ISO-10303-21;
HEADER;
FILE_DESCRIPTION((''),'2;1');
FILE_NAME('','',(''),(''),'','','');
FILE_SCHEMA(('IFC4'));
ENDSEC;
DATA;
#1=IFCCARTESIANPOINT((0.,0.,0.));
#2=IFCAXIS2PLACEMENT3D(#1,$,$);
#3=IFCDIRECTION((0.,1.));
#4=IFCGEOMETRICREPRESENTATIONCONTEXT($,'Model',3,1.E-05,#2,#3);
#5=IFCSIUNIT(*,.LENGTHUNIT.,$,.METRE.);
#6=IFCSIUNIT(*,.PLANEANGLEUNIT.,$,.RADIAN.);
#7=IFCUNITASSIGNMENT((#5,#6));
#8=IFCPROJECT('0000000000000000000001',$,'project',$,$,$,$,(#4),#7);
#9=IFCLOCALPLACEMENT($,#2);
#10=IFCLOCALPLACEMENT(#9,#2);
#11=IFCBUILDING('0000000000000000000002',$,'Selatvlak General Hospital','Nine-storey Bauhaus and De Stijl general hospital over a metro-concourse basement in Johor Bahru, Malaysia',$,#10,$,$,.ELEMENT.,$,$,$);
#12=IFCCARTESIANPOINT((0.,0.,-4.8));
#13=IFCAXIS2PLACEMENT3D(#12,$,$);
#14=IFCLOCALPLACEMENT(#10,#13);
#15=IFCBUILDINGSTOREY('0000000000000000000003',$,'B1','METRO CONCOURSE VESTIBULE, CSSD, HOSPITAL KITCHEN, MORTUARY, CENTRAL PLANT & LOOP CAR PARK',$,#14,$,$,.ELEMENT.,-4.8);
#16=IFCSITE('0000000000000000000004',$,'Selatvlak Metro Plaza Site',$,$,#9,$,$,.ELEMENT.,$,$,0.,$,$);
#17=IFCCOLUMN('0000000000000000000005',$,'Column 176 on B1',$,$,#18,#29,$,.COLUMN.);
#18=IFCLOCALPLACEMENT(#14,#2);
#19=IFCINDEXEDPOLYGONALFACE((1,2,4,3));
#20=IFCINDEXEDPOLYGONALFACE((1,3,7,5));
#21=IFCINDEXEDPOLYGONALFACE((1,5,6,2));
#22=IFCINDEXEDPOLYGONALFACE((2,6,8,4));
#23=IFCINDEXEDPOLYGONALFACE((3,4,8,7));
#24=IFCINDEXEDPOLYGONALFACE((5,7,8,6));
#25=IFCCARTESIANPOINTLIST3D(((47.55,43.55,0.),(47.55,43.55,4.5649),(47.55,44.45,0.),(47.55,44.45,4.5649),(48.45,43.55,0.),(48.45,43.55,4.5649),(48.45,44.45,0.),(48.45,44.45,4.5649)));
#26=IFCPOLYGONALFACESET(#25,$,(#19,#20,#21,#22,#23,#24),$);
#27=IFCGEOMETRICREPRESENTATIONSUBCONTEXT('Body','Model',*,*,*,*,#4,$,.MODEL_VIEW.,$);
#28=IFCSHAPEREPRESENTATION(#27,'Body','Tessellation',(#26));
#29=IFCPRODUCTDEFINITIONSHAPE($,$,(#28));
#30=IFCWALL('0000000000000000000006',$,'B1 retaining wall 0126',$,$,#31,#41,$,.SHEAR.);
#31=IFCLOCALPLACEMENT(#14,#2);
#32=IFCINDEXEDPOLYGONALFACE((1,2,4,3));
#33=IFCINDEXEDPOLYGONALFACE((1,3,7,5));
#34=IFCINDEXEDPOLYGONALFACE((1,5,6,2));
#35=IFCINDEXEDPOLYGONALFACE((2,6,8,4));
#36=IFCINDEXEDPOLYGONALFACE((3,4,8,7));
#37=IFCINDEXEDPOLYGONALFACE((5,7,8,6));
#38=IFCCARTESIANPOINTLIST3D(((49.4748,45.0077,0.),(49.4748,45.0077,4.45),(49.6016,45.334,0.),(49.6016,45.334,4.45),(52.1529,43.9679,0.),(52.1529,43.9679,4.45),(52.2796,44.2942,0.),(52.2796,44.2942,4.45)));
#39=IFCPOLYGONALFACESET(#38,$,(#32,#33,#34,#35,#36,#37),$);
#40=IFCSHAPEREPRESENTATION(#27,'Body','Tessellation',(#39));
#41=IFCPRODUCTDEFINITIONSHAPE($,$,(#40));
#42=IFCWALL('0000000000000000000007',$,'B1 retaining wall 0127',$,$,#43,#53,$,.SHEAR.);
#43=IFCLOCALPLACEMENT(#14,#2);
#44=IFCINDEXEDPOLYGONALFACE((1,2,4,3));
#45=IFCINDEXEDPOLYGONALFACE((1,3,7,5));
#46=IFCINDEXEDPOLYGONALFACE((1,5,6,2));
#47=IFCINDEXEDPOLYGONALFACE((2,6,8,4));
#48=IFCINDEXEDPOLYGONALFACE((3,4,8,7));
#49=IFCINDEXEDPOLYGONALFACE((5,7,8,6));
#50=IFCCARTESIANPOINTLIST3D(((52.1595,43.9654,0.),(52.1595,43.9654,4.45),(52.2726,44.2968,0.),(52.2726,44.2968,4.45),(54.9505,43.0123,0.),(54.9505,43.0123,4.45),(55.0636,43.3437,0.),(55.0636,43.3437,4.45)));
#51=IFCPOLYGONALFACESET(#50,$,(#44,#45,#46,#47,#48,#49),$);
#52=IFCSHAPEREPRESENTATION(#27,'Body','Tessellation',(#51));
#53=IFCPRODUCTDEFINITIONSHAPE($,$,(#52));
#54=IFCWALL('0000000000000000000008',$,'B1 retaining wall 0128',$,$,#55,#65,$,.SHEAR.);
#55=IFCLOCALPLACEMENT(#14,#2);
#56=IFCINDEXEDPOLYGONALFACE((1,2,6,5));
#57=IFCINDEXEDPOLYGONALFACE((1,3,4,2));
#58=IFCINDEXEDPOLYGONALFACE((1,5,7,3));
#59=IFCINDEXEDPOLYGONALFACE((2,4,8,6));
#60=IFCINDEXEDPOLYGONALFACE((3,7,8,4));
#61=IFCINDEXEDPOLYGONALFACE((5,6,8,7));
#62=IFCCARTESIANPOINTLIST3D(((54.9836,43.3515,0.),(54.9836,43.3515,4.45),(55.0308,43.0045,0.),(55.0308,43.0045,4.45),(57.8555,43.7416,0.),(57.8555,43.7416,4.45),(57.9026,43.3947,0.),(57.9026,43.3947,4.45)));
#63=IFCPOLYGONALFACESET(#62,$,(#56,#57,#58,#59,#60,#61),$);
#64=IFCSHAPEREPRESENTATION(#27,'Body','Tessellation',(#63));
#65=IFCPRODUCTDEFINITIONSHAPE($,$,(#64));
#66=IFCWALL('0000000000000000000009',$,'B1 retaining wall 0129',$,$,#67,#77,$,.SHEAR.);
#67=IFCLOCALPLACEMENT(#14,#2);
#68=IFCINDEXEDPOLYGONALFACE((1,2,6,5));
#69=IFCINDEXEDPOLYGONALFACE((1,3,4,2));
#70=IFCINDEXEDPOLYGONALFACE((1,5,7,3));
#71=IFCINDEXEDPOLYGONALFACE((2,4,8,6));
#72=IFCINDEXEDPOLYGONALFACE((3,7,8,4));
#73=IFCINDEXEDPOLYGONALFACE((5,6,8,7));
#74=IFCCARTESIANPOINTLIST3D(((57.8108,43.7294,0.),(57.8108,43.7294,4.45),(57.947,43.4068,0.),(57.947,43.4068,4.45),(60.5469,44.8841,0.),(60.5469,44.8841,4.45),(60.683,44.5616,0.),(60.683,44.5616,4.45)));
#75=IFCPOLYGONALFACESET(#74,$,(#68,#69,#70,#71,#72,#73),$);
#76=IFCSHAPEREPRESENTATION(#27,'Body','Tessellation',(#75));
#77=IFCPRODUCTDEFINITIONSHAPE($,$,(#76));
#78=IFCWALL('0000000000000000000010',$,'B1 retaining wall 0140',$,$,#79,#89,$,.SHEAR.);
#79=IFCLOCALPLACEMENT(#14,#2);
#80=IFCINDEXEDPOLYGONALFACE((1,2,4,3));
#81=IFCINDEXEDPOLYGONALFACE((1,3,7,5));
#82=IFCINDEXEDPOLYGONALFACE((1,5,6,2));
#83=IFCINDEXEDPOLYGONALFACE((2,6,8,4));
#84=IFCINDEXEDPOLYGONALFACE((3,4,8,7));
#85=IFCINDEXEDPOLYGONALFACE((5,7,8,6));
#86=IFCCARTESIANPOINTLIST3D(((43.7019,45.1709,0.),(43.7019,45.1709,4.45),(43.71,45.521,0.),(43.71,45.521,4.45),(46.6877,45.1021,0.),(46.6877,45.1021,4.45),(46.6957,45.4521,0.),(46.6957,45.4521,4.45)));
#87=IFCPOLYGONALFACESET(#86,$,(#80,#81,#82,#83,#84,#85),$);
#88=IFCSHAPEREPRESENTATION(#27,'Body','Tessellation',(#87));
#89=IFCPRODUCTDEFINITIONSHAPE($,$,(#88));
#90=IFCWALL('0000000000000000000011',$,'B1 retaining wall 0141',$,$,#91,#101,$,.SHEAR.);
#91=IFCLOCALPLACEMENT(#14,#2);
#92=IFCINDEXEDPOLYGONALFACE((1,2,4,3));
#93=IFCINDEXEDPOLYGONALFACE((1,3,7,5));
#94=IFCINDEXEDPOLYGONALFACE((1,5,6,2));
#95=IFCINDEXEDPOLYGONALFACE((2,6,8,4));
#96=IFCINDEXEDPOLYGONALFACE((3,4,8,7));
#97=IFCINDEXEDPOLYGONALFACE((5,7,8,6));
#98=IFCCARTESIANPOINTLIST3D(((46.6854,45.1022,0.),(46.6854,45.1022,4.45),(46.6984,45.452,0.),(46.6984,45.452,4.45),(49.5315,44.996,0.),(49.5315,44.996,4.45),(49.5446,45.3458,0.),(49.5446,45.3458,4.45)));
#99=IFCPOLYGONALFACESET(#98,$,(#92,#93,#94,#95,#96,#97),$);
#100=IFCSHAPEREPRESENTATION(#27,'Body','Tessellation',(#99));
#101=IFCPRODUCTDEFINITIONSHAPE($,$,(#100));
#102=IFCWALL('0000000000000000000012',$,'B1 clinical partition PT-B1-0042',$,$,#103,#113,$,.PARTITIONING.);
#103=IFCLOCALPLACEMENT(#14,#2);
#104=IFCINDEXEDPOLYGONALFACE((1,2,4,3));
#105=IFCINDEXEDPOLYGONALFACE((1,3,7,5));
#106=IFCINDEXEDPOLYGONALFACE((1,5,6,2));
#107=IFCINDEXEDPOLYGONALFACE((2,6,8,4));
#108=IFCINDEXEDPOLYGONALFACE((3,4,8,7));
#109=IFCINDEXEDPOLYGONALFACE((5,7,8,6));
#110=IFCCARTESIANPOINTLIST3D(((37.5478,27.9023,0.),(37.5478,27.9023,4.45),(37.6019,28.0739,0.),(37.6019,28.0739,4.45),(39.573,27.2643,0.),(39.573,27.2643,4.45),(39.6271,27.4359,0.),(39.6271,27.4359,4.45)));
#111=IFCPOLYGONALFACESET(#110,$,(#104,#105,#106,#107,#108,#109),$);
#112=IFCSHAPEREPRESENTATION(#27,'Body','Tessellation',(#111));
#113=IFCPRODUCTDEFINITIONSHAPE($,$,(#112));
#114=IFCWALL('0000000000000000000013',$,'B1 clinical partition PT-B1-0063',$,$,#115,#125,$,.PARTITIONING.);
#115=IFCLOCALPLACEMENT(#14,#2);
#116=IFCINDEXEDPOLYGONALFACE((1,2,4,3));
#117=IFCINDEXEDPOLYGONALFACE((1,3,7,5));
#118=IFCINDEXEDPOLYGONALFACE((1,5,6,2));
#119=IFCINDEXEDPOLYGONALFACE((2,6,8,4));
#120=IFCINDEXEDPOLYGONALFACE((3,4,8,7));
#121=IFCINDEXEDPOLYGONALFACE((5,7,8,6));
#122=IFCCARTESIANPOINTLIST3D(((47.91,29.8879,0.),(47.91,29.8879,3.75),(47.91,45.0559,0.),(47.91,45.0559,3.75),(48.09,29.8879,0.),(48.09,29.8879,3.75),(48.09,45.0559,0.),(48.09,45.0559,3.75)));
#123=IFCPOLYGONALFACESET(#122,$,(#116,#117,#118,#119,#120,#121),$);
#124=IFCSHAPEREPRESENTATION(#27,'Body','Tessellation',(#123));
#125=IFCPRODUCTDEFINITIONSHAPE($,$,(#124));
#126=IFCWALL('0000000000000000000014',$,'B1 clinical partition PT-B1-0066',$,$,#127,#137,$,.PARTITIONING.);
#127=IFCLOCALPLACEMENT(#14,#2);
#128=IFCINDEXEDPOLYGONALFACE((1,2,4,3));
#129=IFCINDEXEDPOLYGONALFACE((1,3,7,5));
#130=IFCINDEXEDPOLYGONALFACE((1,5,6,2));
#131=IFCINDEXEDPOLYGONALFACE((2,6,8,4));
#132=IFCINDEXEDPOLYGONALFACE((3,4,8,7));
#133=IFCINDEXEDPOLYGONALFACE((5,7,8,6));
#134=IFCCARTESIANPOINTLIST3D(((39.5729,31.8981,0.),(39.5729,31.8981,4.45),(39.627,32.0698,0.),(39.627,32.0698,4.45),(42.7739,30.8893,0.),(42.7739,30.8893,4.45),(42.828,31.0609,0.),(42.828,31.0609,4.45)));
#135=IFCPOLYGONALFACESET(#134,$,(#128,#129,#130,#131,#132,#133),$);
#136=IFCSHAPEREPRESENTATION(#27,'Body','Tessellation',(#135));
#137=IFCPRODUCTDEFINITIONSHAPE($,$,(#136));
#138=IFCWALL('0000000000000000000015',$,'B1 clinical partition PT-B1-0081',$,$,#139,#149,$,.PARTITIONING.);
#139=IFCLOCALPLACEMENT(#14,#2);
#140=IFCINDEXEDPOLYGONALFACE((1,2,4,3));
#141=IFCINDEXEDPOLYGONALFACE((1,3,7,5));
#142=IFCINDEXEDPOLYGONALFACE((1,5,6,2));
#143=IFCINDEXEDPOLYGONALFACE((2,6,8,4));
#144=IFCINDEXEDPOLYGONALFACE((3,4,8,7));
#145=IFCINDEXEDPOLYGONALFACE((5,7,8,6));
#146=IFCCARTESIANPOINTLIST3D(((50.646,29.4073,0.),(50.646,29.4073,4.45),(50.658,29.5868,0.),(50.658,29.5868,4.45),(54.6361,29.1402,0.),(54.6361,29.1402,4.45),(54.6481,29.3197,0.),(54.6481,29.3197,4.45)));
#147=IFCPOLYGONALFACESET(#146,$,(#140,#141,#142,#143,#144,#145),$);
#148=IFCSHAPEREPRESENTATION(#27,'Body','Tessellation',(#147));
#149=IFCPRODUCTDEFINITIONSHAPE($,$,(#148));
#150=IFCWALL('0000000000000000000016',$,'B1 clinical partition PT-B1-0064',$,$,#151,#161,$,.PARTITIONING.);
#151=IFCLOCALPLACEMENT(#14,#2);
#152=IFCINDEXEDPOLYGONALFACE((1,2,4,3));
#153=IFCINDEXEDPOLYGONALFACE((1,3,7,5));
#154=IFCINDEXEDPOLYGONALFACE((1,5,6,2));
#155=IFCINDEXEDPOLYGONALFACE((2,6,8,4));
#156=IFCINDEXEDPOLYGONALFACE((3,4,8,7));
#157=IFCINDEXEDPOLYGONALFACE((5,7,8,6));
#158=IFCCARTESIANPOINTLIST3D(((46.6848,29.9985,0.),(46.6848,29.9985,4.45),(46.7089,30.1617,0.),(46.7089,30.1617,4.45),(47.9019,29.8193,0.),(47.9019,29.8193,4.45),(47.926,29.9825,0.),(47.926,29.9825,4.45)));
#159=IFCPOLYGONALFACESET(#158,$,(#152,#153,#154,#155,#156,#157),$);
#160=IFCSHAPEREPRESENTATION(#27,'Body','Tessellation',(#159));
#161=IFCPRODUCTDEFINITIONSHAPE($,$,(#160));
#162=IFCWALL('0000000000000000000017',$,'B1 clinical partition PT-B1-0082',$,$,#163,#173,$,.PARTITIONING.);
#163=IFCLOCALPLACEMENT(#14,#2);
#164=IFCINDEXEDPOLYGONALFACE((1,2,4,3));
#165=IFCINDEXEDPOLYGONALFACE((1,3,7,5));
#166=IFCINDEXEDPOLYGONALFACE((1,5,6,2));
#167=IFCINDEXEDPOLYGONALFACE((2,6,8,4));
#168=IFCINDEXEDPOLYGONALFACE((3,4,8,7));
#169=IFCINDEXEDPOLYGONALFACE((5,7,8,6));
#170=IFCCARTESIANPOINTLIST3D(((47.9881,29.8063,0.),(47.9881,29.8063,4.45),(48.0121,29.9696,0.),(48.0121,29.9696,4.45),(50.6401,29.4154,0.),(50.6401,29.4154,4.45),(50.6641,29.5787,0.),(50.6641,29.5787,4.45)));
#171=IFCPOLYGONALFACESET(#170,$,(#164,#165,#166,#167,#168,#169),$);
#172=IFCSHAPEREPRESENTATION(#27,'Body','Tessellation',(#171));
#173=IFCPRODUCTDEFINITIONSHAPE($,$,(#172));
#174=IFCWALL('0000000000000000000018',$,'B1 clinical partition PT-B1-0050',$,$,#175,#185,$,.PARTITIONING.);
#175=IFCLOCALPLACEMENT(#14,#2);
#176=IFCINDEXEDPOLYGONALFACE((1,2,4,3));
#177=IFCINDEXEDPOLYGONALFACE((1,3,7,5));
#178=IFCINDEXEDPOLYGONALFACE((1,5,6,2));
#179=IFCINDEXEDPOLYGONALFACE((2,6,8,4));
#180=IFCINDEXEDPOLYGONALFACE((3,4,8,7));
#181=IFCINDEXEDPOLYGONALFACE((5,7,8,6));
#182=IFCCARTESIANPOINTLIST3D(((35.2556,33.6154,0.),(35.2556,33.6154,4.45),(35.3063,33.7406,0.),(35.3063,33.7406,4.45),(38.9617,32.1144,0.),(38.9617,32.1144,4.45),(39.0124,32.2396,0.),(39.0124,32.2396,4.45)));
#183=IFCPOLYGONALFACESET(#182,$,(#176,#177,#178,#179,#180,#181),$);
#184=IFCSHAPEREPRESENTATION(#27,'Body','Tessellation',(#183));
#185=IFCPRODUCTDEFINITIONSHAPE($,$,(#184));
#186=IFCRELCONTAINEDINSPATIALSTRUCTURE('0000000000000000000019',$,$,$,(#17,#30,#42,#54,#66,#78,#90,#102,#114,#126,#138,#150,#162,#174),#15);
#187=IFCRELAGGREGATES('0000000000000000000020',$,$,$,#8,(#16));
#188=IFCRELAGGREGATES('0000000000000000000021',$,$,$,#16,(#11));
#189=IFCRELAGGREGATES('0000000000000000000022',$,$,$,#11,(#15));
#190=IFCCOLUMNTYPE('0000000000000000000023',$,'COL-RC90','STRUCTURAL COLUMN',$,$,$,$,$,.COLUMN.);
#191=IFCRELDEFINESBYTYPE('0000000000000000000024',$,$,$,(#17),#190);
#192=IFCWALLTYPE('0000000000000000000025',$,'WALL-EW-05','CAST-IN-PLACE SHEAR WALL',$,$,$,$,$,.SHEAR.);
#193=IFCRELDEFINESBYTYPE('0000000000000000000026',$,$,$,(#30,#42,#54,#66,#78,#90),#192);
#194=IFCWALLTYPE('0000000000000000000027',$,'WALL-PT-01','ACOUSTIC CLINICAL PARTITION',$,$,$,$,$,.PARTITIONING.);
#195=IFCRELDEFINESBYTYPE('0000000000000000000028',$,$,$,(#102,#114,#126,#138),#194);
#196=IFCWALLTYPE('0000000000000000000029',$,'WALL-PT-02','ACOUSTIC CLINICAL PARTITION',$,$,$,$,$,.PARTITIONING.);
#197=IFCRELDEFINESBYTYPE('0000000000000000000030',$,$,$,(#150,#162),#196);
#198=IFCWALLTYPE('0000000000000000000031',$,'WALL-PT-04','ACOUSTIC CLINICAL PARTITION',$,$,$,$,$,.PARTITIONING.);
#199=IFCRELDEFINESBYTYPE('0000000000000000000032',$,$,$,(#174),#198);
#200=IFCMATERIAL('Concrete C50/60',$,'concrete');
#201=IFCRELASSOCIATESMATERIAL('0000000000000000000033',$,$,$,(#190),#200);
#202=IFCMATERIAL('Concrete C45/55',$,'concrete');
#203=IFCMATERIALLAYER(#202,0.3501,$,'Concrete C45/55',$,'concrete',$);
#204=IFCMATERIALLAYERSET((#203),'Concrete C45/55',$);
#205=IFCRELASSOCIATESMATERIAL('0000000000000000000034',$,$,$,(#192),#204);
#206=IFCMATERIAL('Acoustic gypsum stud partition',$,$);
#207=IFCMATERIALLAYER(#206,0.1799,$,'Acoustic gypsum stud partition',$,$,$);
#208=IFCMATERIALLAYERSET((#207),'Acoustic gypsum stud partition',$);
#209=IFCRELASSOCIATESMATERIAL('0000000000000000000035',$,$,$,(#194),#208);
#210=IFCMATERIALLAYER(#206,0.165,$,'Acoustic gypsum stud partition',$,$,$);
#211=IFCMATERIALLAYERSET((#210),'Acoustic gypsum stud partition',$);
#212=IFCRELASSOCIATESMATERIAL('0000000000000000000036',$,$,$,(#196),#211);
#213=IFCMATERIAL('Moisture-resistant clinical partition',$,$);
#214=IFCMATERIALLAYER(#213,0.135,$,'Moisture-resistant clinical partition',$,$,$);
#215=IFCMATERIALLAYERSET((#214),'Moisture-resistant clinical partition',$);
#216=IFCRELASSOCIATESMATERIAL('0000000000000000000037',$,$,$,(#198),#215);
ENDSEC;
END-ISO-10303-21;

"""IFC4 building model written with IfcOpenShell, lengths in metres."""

from ifc_helpers import new_model, si_unit, direction, frame, frame_2d, origin, origin_2d, place, context, subcontext, project, spatial, rectangle, extrude, material, layer, layer_set, material_profile, profile_set, type_object, element, save


model = new_model("IFC4")

# Units and contexts
model_context = context("Model", 3, precision=1e-05, world=origin(), true_north=direction((0.0, 1.0)))
body_context = subcontext(model_context, "Body", "Model", "MODEL_VIEW")
ifc_project = project(units=[si_unit("LENGTHUNIT", "METRE"), si_unit("PLANEANGLEUNIT", "RADIAN")], contexts=[model_context])

# Site, building, storey
site_placement = place(None, origin())
site = spatial("IfcSite", under=ifc_project, at=site_placement, Name="Selatvlak Metro Plaza Site", CompositionType="ELEMENT", RefElevation=0.0)
building_placement = place(site_placement, origin())
building = spatial("IfcBuilding", under=site, at=building_placement, Name="Selatvlak General Hospital", Description="Nine-storey Bauhaus and De Stijl general hospital over a metro-concourse basement in Johor Bahru, Malaysia", CompositionType="ELEMENT")
storey_placement = place(building_placement, frame((0.0, 0.0, -4.8)))
storey = spatial("IfcBuildingStorey", under=building, at=storey_placement, Name="B1", Description="METRO CONCOURSE VESTIBULE, CSSD, HOSPITAL KITCHEN, MORTUARY, CENTRAL PLANT & LOOP CAR PARK", CompositionType="ELEMENT", Elevation=-4.8)

# Column
ifc_material_1 = material(Name="Concrete C50/60", Category="concrete")
ifc_material_profile_1 = material_profile(ifc_material_1, rectangle(XDim=0.8999, YDim=0.8999, at=origin_2d()), Name="RC-COL 900x900")
ifc_profile_set_1 = profile_set([ifc_material_profile_1], Name="Concrete C50/60")
column_type_1 = type_object("IfcColumnType", Name="COL-RC90", Description="STRUCTURAL COLUMN", PredefinedType="COLUMN", material=ifc_profile_set_1)
column_placement = place(storey_placement, frame((48.0, 44.0, 0.0), z_axis=(0.0, 0.0, 1.0), x_axis=(1.0, 0.0, 0.0)))
element("IfcColumn", 1, at=column_placement, inside=storey, type_object=column_type_1, Name="Column 176 on B1", PredefinedType="COLUMN", context=body_context, shape_type="SweptSolid", body=[
    extrude(rectangle(XDim=0.8999, YDim=0.8999, at=origin_2d()), origin(), (0.0, 0.0, 1.0), 4.5649),
])

# Walls
ifc_material_2 = material(Name="Concrete C45/55", Category="concrete")
ifc_layer_1 = layer(ifc_material_2, 0.3501, Name="Concrete C45/55", Category="concrete")
ifc_layer_set_1 = layer_set([ifc_layer_1], Name="Concrete C45/55")
wall_type_1 = type_object("IfcWallType", Name="WALL-EW-05", Description="CAST-IN-PLACE SHEAR WALL", PredefinedType="SHEAR", material=ifc_layer_set_1)
wall_1_placement = place(storey_placement, frame((49.5381, 45.1709, 0.0), z_axis=(0.0, 0.0, 1.0), x_axis=(0.932198, -0.36195, 0.0)))
element("IfcWall", 2, at=wall_1_placement, inside=storey, type_object=wall_type_1, Name="B1 retaining wall 0126", PredefinedType="SHEAR", context=body_context, shape_type="SweptSolid", body=[
    extrude(rectangle(XDim=2.8728, YDim=0.3501, at=frame_2d((1.4365, 0.0))), origin(), (0.0, 0.0, 1.0), 4.45),
])
wall_2_placement = place(storey_placement, frame((52.2161, 44.1311, 0.0), z_axis=(0.0, 0.0, 1.0), x_axis=(0.94634, -0.323173, 0.0)))
element("IfcWall", 3, at=wall_2_placement, inside=storey, type_object=wall_type_1, Name="B1 retaining wall 0127", PredefinedType="SHEAR", context=body_context, shape_type="SweptSolid", body=[
    extrude(rectangle(XDim=2.9492, YDim=0.3501, at=frame_2d((1.4746, 0.0))), origin(), (0.0, 0.0, 1.0), 4.45),
])
wall_3_placement = place(storey_placement, frame((55.0071, 43.178, 0.0), z_axis=(0.0, 0.0, 1.0), x_axis=(0.990898, 0.134613, 0.0)))
element("IfcWall", 4, at=wall_3_placement, inside=storey, type_object=wall_type_1, Name="B1 retaining wall 0128", PredefinedType="SHEAR", context=body_context, shape_type="SweptSolid", body=[
    extrude(rectangle(XDim=2.8982, YDim=0.3501, at=frame_2d((1.4492, 0.0))), origin(), (0.0, 0.0, 1.0), 4.45),
])
wall_4_placement = place(storey_placement, frame((57.8789, 43.5681, 0.0), z_axis=(0.0, 0.0, 1.0), x_axis=(0.921304, 0.388843, 0.0)))
element("IfcWall", 5, at=wall_4_placement, inside=storey, type_object=wall_type_1, Name="B1 retaining wall 0129", PredefinedType="SHEAR", context=body_context, shape_type="SweptSolid", body=[
    extrude(rectangle(XDim=2.9697, YDim=0.3501, at=frame_2d((1.4849, 0.0))), origin(), (0.0, 0.0, 1.0), 4.45),
])
wall_5_placement = place(storey_placement, frame((43.7061, 45.3459, 0.0), z_axis=(0.0, 0.0, 1.0), x_axis=(0.999734, -0.023052, 0.0)))
element("IfcWall", 6, at=wall_5_placement, inside=storey, type_object=wall_type_1, Name="B1 retaining wall 0140", PredefinedType="SHEAR", context=body_context, shape_type="SweptSolid", body=[
    extrude(rectangle(XDim=2.9866, YDim=0.3501, at=frame_2d((1.4932, 0.0))), origin(), (0.0, 0.0, 1.0), 4.45),
])
wall_6_placement = place(storey_placement, frame((46.6919, 45.2771, 0.0), z_axis=(0.0, 0.0, 1.0), x_axis=(0.999305, -0.037287, 0.0)))
element("IfcWall", 7, at=wall_6_placement, inside=storey, type_object=wall_type_1, Name="B1 retaining wall 0141", PredefinedType="SHEAR", context=body_context, shape_type="SweptSolid", body=[
    extrude(rectangle(XDim=2.8481, YDim=0.3501, at=frame_2d((1.4241, 0.0))), origin(), (0.0, 0.0, 1.0), 4.45),
])
ifc_material_3 = material(Name="Acoustic gypsum stud partition")
ifc_layer_2 = layer(ifc_material_3, 0.1799, Name="Acoustic gypsum stud partition")
ifc_layer_set_2 = layer_set([ifc_layer_2], Name="Acoustic gypsum stud partition")
wall_type_2 = type_object("IfcWallType", Name="WALL-PT-01", Description="ACOUSTIC CLINICAL PARTITION", PredefinedType="PARTITIONING", material=ifc_layer_set_2)
wall_7_placement = place(storey_placement, frame((37.575, 27.988, 0.0), z_axis=(0.0, 0.0, 1.0), x_axis=(0.953796, -0.300454, 0.0)))
element("IfcWall", 8, at=wall_7_placement, inside=storey, type_object=wall_type_2, Name="B1 clinical partition PT-B1-0042", PredefinedType="PARTITIONING", context=body_context, shape_type="SweptSolid", body=[
    extrude(rectangle(XDim=2.1233, YDim=0.1799, at=frame_2d((1.0615, 0.0))), origin(), (0.0, 0.0, 1.0), 4.45),
])
wall_8_placement = place(storey_placement, frame((48.0, 45.0559, 0.0), z_axis=(0.0, 0.0, 1.0), x_axis=(0.0, -1.0, 0.0)))
element("IfcWall", 9, at=wall_8_placement, inside=storey, type_object=wall_type_2, Name="B1 clinical partition PT-B1-0063", PredefinedType="PARTITIONING", context=body_context, shape_type="SweptSolid", body=[
    extrude(rectangle(XDim=15.168, YDim=0.1799, at=frame_2d((7.584, 0.0))), origin(), (0.0, 0.0, 1.0), 3.75),
])
wall_9_placement = place(storey_placement, frame((42.801, 30.9751, 0.0), z_axis=(0.0, 0.0, 1.0), x_axis=(-0.953756, 0.300581, 0.0)))
element("IfcWall", 10, at=wall_9_placement, inside=storey, type_object=wall_type_2, Name="B1 clinical partition PT-B1-0066", PredefinedType="PARTITIONING", context=body_context, shape_type="SweptSolid", body=[
    extrude(rectangle(XDim=3.3562, YDim=0.1799, at=frame_2d((1.6782, 0.0))), origin(), (0.0, 0.0, 1.0), 4.45),
])
wall_10_placement = place(storey_placement, frame((54.6421, 29.23, 0.0), z_axis=(0.0, 0.0, 1.0), x_axis=(-0.997767, 0.06679, 0.0)))
element("IfcWall", 11, at=wall_10_placement, inside=storey, type_object=wall_type_2, Name="B1 clinical partition PT-B1-0081", PredefinedType="PARTITIONING", context=body_context, shape_type="SweptSolid", body=[
    extrude(rectangle(XDim=3.999, YDim=0.1799, at=frame_2d((1.9995, 0.0))), origin(), (0.0, 0.0, 1.0), 4.45),
])
ifc_layer_3 = layer(ifc_material_3, 0.165, Name="Acoustic gypsum stud partition")
ifc_layer_set_3 = layer_set([ifc_layer_3], Name="Acoustic gypsum stud partition")
wall_type_3 = type_object("IfcWallType", Name="WALL-PT-02", Description="ACOUSTIC CLINICAL PARTITION", PredefinedType="PARTITIONING", material=ifc_layer_set_3)
wall_11_placement = place(storey_placement, frame((47.9141, 29.9009, 0.0), z_axis=(0.0, 0.0, 1.0), x_axis=(-0.989333, 0.145671, 0.0)))
element("IfcWall", 12, at=wall_11_placement, inside=storey, type_object=wall_type_3, Name="B1 clinical partition PT-B1-0064", PredefinedType="PARTITIONING", context=body_context, shape_type="SweptSolid", body=[
    extrude(rectangle(XDim=1.2302, YDim=0.165, at=frame_2d((0.6152, 0.0))), origin(), (0.0, 0.0, 1.0), 4.45),
])
wall_12_placement = place(storey_placement, frame((50.6521, 29.4971, 0.0), z_axis=(0.0, 0.0, 1.0), x_axis=(-0.989313, 0.145806, 0.0)))
element("IfcWall", 13, at=wall_12_placement, inside=storey, type_object=wall_type_3, Name="B1 clinical partition PT-B1-0082", PredefinedType="PARTITIONING", context=body_context, shape_type="SweptSolid", body=[
    extrude(rectangle(XDim=2.6807, YDim=0.165, at=frame_2d((1.3403, 0.0))), origin(), (0.0, 0.0, 1.0), 4.45),
])
ifc_material_4 = material(Name="Moisture-resistant clinical partition")
ifc_layer_4 = layer(ifc_material_4, 0.135, Name="Moisture-resistant clinical partition")
ifc_layer_set_4 = layer_set([ifc_layer_4], Name="Moisture-resistant clinical partition")
wall_type_4 = type_object("IfcWallType", Name="WALL-PT-04", Description="ACOUSTIC CLINICAL PARTITION", PredefinedType="PARTITIONING", material=ifc_layer_set_4)
wall_13_placement = place(storey_placement, frame((38.9871, 32.177, 0.0), z_axis=(0.0, 0.0, 1.0), x_axis=(-0.926868, 0.375388, 0.0)))
element("IfcWall", 14, at=wall_13_placement, inside=storey, type_object=wall_type_4, Name="B1 clinical partition PT-B1-0050", PredefinedType="PARTITIONING", context=body_context, shape_type="SweptSolid", body=[
    extrude(rectangle(XDim=3.9985, YDim=0.135, at=frame_2d((1.9993, 0.0))), origin(), (0.0, 0.0, 1.0), 4.45),
])

save(model, "model.ifc")
